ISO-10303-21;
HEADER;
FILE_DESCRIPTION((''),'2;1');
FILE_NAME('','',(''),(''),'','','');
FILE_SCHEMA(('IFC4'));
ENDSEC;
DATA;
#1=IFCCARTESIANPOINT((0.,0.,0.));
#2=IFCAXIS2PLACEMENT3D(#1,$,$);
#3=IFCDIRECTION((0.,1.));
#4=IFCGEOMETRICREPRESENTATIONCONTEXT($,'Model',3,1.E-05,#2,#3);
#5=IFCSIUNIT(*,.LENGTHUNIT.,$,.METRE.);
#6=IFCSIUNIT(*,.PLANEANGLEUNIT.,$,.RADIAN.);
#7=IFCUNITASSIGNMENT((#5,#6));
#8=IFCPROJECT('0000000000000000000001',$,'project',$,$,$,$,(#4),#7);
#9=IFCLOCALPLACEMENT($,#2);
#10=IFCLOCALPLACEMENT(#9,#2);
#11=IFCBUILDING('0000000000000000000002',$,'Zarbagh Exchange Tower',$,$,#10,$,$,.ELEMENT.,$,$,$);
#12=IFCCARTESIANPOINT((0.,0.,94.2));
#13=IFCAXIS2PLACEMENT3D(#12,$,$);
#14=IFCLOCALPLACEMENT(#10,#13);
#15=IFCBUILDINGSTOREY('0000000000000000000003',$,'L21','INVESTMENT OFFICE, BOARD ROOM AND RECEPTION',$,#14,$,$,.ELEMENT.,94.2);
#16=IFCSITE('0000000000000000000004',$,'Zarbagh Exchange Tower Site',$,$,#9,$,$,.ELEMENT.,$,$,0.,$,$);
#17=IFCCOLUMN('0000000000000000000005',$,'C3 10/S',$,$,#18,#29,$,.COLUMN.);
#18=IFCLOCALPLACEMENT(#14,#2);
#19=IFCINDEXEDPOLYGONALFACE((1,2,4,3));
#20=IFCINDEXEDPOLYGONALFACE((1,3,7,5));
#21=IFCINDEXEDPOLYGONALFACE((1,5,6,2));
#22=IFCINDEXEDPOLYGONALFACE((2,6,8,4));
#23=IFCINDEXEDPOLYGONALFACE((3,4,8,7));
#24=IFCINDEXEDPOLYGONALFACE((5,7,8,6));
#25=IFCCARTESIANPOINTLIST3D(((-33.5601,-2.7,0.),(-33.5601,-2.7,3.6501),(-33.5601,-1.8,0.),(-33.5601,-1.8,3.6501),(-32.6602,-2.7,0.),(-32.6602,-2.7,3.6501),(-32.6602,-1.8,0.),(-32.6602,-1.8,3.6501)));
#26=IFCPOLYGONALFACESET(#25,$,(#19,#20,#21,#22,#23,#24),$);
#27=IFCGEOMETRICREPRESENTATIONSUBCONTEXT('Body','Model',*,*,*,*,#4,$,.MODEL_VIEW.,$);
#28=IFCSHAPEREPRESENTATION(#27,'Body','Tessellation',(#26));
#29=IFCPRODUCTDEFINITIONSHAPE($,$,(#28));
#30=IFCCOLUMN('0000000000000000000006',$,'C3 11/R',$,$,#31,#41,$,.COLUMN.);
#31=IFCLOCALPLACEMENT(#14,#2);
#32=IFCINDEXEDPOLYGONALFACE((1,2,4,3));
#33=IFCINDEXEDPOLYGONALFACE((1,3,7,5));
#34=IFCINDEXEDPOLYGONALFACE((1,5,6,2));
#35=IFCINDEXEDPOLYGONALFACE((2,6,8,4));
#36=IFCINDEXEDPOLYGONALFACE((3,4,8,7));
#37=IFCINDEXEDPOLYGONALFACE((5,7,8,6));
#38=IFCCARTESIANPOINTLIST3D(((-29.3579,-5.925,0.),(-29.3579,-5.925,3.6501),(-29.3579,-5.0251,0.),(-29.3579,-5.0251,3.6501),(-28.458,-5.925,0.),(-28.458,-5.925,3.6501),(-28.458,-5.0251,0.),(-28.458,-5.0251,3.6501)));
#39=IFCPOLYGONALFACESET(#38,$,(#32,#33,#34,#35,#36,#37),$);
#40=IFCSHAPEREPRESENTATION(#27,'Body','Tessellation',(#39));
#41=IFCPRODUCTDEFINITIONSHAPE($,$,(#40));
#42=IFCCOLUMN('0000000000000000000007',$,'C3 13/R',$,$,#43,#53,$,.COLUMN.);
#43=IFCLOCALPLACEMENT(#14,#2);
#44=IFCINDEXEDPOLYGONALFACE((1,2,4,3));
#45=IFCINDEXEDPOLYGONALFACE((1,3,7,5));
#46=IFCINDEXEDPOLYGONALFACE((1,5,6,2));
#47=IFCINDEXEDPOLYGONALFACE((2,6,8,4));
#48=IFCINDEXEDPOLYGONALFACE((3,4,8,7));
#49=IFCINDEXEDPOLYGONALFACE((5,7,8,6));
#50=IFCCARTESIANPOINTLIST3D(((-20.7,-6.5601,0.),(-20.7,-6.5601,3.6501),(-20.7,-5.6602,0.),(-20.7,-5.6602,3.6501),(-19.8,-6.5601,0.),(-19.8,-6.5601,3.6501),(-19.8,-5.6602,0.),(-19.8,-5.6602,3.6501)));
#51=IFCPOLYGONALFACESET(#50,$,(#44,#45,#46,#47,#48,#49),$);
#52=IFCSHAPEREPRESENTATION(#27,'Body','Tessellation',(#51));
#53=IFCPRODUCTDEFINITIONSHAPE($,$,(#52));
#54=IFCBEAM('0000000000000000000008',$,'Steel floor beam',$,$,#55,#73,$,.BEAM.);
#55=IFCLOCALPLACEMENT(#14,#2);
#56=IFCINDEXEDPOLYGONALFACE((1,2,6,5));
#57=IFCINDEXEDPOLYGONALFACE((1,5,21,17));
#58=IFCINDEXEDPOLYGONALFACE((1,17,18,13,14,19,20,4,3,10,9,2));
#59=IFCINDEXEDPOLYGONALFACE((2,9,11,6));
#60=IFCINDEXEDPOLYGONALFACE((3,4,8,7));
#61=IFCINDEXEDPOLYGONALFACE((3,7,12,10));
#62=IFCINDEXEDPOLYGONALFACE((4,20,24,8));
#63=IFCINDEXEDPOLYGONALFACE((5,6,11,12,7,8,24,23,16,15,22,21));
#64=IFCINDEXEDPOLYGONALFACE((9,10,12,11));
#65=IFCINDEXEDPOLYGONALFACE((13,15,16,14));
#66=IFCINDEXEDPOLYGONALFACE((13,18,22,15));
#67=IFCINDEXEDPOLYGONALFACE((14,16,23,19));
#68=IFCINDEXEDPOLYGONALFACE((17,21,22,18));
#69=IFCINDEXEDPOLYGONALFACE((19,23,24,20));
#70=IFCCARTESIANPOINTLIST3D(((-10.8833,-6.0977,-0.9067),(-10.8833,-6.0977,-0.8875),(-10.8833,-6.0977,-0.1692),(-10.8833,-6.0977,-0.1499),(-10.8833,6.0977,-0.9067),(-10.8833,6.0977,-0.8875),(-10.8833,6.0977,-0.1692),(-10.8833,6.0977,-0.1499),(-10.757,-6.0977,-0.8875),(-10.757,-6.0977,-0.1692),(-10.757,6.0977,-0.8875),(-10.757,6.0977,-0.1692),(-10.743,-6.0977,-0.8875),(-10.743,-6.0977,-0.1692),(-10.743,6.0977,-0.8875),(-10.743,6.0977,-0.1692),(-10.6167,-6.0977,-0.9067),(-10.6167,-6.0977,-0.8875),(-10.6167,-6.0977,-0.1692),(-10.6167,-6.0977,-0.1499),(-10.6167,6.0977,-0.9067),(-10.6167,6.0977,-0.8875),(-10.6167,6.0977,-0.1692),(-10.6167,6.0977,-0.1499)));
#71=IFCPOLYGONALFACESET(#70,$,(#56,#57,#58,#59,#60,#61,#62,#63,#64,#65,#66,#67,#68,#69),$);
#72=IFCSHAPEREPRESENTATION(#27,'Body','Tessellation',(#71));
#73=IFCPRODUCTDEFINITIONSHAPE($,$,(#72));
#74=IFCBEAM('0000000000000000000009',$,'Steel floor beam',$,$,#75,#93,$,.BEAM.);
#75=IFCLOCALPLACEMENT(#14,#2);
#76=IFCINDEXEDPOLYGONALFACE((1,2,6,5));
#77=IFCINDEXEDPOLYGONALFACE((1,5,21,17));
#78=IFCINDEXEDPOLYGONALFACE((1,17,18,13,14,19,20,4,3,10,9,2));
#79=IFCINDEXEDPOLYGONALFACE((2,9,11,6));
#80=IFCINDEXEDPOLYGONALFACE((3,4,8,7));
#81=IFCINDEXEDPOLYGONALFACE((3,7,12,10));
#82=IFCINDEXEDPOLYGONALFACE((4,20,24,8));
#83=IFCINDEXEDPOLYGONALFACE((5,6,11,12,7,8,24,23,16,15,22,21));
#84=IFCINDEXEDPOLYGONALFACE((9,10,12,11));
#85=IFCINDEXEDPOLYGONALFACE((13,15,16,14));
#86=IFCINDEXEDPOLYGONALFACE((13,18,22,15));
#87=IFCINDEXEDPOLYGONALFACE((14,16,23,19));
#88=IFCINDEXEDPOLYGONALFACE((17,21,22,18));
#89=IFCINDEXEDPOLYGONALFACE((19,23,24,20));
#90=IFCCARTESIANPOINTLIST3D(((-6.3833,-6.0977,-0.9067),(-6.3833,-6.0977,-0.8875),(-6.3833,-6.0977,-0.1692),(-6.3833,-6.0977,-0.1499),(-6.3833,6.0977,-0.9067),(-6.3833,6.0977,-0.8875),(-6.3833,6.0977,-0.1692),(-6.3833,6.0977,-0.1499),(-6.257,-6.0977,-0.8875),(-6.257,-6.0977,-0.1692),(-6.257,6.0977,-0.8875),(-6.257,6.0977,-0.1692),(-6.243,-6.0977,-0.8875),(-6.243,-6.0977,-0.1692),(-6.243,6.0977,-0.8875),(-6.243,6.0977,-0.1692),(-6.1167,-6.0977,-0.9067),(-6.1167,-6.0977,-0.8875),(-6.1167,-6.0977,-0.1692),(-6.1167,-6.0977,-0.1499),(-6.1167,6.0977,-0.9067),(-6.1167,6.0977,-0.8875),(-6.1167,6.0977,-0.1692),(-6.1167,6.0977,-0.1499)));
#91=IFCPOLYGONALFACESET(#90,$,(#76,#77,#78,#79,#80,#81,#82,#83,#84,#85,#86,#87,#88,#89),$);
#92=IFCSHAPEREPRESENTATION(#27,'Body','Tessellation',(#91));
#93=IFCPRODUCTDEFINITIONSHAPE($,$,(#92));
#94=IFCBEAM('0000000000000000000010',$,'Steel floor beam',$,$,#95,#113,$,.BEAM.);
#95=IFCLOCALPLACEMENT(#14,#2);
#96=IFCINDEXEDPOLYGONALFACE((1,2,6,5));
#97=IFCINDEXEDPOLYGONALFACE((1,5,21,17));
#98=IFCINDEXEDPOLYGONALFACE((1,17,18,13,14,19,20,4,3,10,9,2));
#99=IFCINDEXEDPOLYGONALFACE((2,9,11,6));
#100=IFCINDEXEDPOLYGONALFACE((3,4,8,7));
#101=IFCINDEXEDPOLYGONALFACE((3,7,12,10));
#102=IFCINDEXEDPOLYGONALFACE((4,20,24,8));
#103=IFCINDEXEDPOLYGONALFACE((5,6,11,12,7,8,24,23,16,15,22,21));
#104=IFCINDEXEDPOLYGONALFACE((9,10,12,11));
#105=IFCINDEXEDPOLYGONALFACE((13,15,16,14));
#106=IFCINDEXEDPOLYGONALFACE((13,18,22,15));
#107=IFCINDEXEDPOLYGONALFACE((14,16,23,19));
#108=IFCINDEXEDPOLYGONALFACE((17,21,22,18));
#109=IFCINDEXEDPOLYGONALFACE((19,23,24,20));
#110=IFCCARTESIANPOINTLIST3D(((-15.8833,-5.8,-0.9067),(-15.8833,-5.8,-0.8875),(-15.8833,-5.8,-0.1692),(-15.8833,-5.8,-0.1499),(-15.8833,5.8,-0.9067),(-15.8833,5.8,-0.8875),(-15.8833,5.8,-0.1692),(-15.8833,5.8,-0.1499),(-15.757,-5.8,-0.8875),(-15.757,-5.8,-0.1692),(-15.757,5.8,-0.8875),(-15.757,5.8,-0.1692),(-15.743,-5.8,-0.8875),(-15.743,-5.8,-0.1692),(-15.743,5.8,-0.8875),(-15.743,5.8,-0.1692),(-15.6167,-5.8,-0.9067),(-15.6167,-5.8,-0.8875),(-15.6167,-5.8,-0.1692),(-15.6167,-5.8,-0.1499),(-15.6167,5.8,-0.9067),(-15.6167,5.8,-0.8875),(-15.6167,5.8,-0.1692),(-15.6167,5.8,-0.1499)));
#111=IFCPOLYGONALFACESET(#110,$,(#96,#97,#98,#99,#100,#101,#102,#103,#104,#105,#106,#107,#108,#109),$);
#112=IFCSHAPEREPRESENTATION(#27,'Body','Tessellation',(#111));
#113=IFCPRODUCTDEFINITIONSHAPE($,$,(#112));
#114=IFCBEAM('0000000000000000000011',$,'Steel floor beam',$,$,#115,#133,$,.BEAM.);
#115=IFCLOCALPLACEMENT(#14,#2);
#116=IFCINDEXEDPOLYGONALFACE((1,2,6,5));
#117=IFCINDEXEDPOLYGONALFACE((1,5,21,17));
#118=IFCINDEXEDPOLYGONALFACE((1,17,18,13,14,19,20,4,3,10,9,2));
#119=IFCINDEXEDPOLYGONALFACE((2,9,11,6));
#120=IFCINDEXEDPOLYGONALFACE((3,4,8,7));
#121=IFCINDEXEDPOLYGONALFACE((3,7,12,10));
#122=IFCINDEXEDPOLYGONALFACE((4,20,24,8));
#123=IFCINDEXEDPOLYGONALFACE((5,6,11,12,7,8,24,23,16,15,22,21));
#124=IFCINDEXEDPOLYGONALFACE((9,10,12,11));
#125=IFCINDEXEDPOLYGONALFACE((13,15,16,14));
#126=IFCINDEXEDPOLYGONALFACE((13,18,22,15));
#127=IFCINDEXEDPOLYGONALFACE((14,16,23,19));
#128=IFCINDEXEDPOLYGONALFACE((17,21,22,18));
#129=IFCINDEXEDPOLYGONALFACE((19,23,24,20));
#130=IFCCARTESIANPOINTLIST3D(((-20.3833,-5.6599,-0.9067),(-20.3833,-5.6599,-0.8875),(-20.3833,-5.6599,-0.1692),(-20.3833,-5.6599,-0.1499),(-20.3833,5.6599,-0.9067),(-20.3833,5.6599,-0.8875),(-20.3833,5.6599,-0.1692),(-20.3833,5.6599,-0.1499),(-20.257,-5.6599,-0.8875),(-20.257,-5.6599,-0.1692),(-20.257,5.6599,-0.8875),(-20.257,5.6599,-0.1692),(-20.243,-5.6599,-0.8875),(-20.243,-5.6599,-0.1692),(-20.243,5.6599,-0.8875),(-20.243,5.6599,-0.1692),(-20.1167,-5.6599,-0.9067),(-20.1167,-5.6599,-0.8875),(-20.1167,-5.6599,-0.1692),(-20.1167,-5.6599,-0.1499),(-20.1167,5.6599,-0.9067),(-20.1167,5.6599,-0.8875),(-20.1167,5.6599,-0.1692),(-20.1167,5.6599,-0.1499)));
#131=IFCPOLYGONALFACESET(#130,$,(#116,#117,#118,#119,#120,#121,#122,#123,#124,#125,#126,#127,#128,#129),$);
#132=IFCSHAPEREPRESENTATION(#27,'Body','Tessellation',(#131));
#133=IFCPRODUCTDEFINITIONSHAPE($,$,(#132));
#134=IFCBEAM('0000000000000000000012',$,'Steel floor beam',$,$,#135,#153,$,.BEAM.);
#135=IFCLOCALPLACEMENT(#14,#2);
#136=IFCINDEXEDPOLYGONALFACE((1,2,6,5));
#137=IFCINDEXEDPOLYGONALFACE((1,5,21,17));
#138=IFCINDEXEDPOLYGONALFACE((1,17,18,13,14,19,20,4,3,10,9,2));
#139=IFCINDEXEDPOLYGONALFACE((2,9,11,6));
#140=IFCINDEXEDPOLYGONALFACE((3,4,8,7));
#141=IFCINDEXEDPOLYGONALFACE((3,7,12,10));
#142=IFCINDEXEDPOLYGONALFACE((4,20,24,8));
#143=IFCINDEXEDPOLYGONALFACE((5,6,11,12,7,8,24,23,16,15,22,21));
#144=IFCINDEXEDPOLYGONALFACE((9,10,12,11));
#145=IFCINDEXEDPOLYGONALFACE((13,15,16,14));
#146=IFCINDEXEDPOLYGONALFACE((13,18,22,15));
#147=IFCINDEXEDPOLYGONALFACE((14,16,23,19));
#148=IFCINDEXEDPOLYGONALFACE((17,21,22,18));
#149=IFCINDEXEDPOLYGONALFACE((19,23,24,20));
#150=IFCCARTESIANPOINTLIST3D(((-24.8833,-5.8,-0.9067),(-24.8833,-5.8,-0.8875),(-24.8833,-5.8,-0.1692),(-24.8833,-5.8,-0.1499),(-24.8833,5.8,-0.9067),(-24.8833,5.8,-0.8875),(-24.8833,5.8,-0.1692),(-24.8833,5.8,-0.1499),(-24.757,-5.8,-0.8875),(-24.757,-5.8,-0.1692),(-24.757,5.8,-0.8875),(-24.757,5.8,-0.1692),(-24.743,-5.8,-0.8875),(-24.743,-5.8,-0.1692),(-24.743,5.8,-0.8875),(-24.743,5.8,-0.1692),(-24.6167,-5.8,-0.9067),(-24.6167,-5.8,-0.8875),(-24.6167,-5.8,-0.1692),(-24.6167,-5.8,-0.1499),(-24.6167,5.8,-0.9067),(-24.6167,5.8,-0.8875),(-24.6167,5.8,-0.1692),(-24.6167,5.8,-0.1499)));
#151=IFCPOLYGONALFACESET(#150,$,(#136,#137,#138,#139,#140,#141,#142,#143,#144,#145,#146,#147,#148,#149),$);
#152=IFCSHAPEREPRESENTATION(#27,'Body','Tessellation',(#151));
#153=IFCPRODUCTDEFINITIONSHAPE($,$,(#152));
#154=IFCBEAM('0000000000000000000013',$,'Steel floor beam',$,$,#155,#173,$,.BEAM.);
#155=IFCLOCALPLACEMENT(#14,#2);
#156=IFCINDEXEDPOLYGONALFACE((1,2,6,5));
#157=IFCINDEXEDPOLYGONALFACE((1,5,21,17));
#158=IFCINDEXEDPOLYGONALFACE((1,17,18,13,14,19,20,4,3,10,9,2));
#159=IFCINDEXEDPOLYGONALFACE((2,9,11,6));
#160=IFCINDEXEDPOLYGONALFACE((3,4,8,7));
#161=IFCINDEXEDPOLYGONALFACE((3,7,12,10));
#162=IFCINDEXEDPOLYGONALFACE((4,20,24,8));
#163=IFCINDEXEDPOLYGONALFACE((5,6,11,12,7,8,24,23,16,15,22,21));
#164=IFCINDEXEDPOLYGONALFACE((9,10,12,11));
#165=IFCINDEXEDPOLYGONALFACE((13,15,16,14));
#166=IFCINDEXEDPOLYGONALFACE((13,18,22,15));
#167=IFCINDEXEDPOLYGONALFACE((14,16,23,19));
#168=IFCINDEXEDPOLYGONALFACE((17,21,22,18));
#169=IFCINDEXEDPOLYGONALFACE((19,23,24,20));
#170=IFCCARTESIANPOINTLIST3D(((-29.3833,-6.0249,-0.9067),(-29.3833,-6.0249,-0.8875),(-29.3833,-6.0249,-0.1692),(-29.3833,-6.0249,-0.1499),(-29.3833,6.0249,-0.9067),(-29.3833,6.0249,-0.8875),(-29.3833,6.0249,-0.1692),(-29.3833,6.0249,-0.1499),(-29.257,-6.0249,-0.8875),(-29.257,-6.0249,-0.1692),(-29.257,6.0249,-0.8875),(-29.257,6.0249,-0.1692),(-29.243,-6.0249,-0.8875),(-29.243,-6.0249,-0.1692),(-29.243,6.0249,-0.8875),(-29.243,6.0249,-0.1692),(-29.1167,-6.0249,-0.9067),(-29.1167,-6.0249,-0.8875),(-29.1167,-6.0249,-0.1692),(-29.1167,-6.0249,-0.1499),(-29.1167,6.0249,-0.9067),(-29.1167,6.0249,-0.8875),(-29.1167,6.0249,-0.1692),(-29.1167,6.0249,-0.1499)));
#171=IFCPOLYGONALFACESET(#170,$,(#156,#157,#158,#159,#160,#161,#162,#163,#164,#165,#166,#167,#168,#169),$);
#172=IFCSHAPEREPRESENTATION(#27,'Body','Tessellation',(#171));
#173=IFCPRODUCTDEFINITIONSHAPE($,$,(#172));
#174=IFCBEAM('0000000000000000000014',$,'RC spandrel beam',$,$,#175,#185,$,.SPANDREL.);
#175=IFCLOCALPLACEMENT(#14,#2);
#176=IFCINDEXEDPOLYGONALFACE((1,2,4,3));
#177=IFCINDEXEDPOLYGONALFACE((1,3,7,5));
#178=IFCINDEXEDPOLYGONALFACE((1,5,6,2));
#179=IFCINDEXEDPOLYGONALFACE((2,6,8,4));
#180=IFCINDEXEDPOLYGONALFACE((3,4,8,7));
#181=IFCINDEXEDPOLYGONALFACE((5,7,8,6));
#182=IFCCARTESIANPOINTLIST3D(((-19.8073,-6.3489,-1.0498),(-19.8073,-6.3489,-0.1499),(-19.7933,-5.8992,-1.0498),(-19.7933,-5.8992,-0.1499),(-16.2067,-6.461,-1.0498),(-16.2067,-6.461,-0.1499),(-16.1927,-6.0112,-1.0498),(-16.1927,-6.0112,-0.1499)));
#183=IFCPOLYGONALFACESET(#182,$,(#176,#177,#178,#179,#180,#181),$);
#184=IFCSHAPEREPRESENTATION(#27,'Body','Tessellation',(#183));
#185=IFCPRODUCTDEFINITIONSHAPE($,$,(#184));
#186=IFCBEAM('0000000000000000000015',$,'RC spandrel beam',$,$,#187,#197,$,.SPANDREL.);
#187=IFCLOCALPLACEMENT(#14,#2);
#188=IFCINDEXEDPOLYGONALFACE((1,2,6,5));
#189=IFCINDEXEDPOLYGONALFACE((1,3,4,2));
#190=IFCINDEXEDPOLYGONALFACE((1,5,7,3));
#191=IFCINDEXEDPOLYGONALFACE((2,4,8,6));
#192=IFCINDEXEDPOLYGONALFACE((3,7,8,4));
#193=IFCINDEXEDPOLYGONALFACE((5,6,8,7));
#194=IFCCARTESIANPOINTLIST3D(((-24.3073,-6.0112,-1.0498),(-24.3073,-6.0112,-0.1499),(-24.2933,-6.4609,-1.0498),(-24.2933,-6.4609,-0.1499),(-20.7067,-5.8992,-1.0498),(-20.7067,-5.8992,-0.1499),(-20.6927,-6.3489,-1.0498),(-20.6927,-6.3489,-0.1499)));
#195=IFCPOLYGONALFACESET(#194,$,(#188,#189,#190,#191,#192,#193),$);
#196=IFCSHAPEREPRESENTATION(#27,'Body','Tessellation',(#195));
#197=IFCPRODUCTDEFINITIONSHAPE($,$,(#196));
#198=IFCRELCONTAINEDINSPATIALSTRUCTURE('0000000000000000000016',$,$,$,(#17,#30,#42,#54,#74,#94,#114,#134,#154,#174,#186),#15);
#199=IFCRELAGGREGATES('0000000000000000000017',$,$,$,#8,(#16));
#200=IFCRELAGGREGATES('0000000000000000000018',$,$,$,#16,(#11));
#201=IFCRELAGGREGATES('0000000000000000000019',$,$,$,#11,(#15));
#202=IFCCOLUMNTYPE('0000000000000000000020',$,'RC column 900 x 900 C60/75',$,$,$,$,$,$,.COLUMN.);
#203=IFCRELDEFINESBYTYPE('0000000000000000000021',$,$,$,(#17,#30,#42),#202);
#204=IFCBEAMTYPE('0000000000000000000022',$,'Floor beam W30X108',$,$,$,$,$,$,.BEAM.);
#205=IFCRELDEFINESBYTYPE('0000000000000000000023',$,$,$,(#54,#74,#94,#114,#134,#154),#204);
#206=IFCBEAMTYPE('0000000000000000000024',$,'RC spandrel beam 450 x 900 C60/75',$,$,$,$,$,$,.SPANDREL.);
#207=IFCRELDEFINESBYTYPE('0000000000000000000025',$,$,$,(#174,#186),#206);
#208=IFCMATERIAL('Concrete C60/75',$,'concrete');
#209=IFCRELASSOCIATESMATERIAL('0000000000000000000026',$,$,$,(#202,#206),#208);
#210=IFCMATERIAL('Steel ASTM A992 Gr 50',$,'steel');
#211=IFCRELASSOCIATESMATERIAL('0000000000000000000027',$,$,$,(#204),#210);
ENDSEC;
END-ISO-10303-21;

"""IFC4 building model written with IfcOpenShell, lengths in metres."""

from ifc_helpers import new_model, si_unit, direction, frame, origin, origin_2d, place, context, subcontext, project, spatial, rectangle, i_section, extrude, material, material_profile, profile_set, type_object, element, save


model = new_model("IFC4")

# Units and contexts
model_context = context("Model", 3, precision=1e-05, world=origin(), true_north=direction((0.0, 1.0)))
body_context = subcontext(model_context, "Body", "Model", "MODEL_VIEW")
ifc_project = project(units=[si_unit("LENGTHUNIT", "METRE"), si_unit("PLANEANGLEUNIT", "RADIAN")], contexts=[model_context])

# Site, building, storey
site_placement = place(None, origin())
site = spatial("IfcSite", under=ifc_project, at=site_placement, Name="Zarbagh Exchange Tower Site", CompositionType="ELEMENT", RefElevation=0.0)
building_placement = place(site_placement, origin())
building = spatial("IfcBuilding", under=site, at=building_placement, Name="Zarbagh Exchange Tower", CompositionType="ELEMENT")
storey_placement = place(building_placement, frame((0.0, 0.0, 94.2)))
storey = spatial("IfcBuildingStorey", under=building, at=storey_placement, Name="L21", Description="INVESTMENT OFFICE, BOARD ROOM AND RECEPTION", CompositionType="ELEMENT", Elevation=94.2)

# Columns
ifc_material_1 = material(Name="Concrete C60/75", Category="concrete")
ifc_material_profile_1 = material_profile(ifc_material_1, rectangle(XDim=0.8999, YDim=0.8999, at=origin_2d()), Name="RC column 900 x 900 C60/75")
ifc_profile_set_1 = profile_set([ifc_material_profile_1], Name="Concrete C60/75")
column_type = type_object("IfcColumnType", Name="RC column 900 x 900 C60/75", PredefinedType="COLUMN", material=ifc_profile_set_1)
for number, where, z_axis, x_axis, name in (
    (1, (-33.1101, -2.25, 0.0), (0.0, 0.0, 1.0), (1.0, 0.0, 0.0), "C3 10/S"),
    (2, (-28.908, -5.4751, 0.0), (0.0, 0.0, 1.0), (1.0, 0.0, 0.0), "C3 11/R"),
    (3, (-20.25, -6.1101, 0.0), (0.0, 0.0, 1.0), (1.0, 0.0, 0.0), "C3 13/R"),
):
    element("IfcColumn", number, at=place(storey_placement, frame(where, z_axis=z_axis, x_axis=x_axis)), inside=storey, type_object=column_type, Name=name, PredefinedType="COLUMN", context=body_context, shape_type="SweptSolid", body=[
        extrude(rectangle(XDim=0.8999, YDim=0.8999, at=origin_2d()), origin(), (0.0, 0.0, 1.0), 3.6501),
    ])

# Beams
ifc_material_2 = material(Name="Steel ASTM A992 Gr 50", Category="steel")
ifc_material_profile_2 = material_profile(ifc_material_2, i_section(OverallWidth=0.2666, OverallDepth=0.7568, WebThickness=0.0139, FlangeThickness=0.0193, at=origin_2d()), Name="W30X108")
ifc_profile_set_2 = profile_set([ifc_material_profile_2], Name="Steel ASTM A992 Gr 50")
beam_type_1 = type_object("IfcBeamType", Name="Floor beam W30X108", PredefinedType="BEAM", material=ifc_profile_set_2)
for number, where, z_axis, x_axis, name in (
    (4, (-10.75, -6.0977, -0.5283), (0.0, 1.0, 0.0), (-1.0, 0.0, 0.0), "Steel floor beam"),
    (5, (-6.25, -6.0977, -0.5283), (0.0, 1.0, 0.0), (-1.0, 0.0, 0.0), "Steel floor beam"),
):
    element("IfcBeam", number, at=place(storey_placement, frame(where, z_axis=z_axis, x_axis=x_axis)), inside=storey, type_object=beam_type_1, Name=name, PredefinedType="BEAM", context=body_context, shape_type="SweptSolid", body=[
        extrude(i_section(OverallWidth=0.2666, OverallDepth=0.7568, WebThickness=0.0139, FlangeThickness=0.0193, at=origin_2d()), origin(), (0.0, 0.0, 1.0), 12.1953),
    ])
beam_1_placement = place(storey_placement, frame((-15.75, -5.8, -0.5283), z_axis=(0.0, 1.0, 0.0), x_axis=(-1.0, 0.0, 0.0)))
element("IfcBeam", 6, at=beam_1_placement, inside=storey, type_object=beam_type_1, Name="Steel floor beam", PredefinedType="BEAM", context=body_context, shape_type="SweptSolid", body=[
    extrude(i_section(OverallWidth=0.2666, OverallDepth=0.7568, WebThickness=0.0139, FlangeThickness=0.0193, at=origin_2d()), origin(), (0.0, 0.0, 1.0), 11.6001),
])
beam_2_placement = place(storey_placement, frame((-20.25, -5.6599, -0.5283), z_axis=(0.0, 1.0, 0.0), x_axis=(-1.0, 0.0, 0.0)))
element("IfcBeam", 7, at=beam_2_placement, inside=storey, type_object=beam_type_1, Name="Steel floor beam", PredefinedType="BEAM", context=body_context, shape_type="SweptSolid", body=[
    extrude(i_section(OverallWidth=0.2666, OverallDepth=0.7568, WebThickness=0.0139, FlangeThickness=0.0193, at=origin_2d()), origin(), (0.0, 0.0, 1.0), 11.3198),
])
beam_3_placement = place(storey_placement, frame((-24.75, -5.8, -0.5283), z_axis=(0.0, 1.0, 0.0), x_axis=(-1.0, 0.0, 0.0)))
element("IfcBeam", 8, at=beam_3_placement, inside=storey, type_object=beam_type_1, Name="Steel floor beam", PredefinedType="BEAM", context=body_context, shape_type="SweptSolid", body=[
    extrude(i_section(OverallWidth=0.2666, OverallDepth=0.7568, WebThickness=0.0139, FlangeThickness=0.0193, at=origin_2d()), origin(), (0.0, 0.0, 1.0), 11.6001),
])
beam_4_placement = place(storey_placement, frame((-29.25, -6.0249, -0.5283), z_axis=(0.0, 1.0, 0.0), x_axis=(-1.0, 0.0, 0.0)))
element("IfcBeam", 9, at=beam_4_placement, inside=storey, type_object=beam_type_1, Name="Steel floor beam", PredefinedType="BEAM", context=body_context, shape_type="SweptSolid", body=[
    extrude(i_section(OverallWidth=0.2666, OverallDepth=0.7568, WebThickness=0.0139, FlangeThickness=0.0193, at=origin_2d()), origin(), (0.0, 0.0, 1.0), 12.0498),
])
ifc_material_profile_3 = material_profile(ifc_material_1, rectangle(XDim=0.45, YDim=0.8999, at=origin_2d()), Name="RC spandrel beam 450 x 900 C60/75")
ifc_profile_set_3 = profile_set([ifc_material_profile_3], Name="Concrete C60/75")
beam_type_2 = type_object("IfcBeamType", Name="RC spandrel beam 450 x 900 C60/75", PredefinedType="SPANDREL", material=ifc_profile_set_3)
for number, where, z_axis, x_axis, name in (
    (10, (-16.1997, -6.2361, -0.5999), (-0.999516, 0.031108, 0.0), (-0.031108, -0.999516, 0.0), "RC spandrel beam"),
    (11, (-20.6997, -6.124, -0.5999), (-0.999516, -0.031108, 0.0), (0.031108, -0.999516, 0.0), "RC spandrel beam"),
):
    element("IfcBeam", number, at=place(storey_placement, frame(where, z_axis=z_axis, x_axis=x_axis)), inside=storey, type_object=beam_type_2, Name=name, PredefinedType="SPANDREL", context=body_context, shape_type="SweptSolid", body=[
        extrude(rectangle(XDim=0.45, YDim=0.8999, at=origin_2d()), origin(), (0.0, 0.0, 1.0), 3.6023),
    ])

save(model, "model.ifc")
